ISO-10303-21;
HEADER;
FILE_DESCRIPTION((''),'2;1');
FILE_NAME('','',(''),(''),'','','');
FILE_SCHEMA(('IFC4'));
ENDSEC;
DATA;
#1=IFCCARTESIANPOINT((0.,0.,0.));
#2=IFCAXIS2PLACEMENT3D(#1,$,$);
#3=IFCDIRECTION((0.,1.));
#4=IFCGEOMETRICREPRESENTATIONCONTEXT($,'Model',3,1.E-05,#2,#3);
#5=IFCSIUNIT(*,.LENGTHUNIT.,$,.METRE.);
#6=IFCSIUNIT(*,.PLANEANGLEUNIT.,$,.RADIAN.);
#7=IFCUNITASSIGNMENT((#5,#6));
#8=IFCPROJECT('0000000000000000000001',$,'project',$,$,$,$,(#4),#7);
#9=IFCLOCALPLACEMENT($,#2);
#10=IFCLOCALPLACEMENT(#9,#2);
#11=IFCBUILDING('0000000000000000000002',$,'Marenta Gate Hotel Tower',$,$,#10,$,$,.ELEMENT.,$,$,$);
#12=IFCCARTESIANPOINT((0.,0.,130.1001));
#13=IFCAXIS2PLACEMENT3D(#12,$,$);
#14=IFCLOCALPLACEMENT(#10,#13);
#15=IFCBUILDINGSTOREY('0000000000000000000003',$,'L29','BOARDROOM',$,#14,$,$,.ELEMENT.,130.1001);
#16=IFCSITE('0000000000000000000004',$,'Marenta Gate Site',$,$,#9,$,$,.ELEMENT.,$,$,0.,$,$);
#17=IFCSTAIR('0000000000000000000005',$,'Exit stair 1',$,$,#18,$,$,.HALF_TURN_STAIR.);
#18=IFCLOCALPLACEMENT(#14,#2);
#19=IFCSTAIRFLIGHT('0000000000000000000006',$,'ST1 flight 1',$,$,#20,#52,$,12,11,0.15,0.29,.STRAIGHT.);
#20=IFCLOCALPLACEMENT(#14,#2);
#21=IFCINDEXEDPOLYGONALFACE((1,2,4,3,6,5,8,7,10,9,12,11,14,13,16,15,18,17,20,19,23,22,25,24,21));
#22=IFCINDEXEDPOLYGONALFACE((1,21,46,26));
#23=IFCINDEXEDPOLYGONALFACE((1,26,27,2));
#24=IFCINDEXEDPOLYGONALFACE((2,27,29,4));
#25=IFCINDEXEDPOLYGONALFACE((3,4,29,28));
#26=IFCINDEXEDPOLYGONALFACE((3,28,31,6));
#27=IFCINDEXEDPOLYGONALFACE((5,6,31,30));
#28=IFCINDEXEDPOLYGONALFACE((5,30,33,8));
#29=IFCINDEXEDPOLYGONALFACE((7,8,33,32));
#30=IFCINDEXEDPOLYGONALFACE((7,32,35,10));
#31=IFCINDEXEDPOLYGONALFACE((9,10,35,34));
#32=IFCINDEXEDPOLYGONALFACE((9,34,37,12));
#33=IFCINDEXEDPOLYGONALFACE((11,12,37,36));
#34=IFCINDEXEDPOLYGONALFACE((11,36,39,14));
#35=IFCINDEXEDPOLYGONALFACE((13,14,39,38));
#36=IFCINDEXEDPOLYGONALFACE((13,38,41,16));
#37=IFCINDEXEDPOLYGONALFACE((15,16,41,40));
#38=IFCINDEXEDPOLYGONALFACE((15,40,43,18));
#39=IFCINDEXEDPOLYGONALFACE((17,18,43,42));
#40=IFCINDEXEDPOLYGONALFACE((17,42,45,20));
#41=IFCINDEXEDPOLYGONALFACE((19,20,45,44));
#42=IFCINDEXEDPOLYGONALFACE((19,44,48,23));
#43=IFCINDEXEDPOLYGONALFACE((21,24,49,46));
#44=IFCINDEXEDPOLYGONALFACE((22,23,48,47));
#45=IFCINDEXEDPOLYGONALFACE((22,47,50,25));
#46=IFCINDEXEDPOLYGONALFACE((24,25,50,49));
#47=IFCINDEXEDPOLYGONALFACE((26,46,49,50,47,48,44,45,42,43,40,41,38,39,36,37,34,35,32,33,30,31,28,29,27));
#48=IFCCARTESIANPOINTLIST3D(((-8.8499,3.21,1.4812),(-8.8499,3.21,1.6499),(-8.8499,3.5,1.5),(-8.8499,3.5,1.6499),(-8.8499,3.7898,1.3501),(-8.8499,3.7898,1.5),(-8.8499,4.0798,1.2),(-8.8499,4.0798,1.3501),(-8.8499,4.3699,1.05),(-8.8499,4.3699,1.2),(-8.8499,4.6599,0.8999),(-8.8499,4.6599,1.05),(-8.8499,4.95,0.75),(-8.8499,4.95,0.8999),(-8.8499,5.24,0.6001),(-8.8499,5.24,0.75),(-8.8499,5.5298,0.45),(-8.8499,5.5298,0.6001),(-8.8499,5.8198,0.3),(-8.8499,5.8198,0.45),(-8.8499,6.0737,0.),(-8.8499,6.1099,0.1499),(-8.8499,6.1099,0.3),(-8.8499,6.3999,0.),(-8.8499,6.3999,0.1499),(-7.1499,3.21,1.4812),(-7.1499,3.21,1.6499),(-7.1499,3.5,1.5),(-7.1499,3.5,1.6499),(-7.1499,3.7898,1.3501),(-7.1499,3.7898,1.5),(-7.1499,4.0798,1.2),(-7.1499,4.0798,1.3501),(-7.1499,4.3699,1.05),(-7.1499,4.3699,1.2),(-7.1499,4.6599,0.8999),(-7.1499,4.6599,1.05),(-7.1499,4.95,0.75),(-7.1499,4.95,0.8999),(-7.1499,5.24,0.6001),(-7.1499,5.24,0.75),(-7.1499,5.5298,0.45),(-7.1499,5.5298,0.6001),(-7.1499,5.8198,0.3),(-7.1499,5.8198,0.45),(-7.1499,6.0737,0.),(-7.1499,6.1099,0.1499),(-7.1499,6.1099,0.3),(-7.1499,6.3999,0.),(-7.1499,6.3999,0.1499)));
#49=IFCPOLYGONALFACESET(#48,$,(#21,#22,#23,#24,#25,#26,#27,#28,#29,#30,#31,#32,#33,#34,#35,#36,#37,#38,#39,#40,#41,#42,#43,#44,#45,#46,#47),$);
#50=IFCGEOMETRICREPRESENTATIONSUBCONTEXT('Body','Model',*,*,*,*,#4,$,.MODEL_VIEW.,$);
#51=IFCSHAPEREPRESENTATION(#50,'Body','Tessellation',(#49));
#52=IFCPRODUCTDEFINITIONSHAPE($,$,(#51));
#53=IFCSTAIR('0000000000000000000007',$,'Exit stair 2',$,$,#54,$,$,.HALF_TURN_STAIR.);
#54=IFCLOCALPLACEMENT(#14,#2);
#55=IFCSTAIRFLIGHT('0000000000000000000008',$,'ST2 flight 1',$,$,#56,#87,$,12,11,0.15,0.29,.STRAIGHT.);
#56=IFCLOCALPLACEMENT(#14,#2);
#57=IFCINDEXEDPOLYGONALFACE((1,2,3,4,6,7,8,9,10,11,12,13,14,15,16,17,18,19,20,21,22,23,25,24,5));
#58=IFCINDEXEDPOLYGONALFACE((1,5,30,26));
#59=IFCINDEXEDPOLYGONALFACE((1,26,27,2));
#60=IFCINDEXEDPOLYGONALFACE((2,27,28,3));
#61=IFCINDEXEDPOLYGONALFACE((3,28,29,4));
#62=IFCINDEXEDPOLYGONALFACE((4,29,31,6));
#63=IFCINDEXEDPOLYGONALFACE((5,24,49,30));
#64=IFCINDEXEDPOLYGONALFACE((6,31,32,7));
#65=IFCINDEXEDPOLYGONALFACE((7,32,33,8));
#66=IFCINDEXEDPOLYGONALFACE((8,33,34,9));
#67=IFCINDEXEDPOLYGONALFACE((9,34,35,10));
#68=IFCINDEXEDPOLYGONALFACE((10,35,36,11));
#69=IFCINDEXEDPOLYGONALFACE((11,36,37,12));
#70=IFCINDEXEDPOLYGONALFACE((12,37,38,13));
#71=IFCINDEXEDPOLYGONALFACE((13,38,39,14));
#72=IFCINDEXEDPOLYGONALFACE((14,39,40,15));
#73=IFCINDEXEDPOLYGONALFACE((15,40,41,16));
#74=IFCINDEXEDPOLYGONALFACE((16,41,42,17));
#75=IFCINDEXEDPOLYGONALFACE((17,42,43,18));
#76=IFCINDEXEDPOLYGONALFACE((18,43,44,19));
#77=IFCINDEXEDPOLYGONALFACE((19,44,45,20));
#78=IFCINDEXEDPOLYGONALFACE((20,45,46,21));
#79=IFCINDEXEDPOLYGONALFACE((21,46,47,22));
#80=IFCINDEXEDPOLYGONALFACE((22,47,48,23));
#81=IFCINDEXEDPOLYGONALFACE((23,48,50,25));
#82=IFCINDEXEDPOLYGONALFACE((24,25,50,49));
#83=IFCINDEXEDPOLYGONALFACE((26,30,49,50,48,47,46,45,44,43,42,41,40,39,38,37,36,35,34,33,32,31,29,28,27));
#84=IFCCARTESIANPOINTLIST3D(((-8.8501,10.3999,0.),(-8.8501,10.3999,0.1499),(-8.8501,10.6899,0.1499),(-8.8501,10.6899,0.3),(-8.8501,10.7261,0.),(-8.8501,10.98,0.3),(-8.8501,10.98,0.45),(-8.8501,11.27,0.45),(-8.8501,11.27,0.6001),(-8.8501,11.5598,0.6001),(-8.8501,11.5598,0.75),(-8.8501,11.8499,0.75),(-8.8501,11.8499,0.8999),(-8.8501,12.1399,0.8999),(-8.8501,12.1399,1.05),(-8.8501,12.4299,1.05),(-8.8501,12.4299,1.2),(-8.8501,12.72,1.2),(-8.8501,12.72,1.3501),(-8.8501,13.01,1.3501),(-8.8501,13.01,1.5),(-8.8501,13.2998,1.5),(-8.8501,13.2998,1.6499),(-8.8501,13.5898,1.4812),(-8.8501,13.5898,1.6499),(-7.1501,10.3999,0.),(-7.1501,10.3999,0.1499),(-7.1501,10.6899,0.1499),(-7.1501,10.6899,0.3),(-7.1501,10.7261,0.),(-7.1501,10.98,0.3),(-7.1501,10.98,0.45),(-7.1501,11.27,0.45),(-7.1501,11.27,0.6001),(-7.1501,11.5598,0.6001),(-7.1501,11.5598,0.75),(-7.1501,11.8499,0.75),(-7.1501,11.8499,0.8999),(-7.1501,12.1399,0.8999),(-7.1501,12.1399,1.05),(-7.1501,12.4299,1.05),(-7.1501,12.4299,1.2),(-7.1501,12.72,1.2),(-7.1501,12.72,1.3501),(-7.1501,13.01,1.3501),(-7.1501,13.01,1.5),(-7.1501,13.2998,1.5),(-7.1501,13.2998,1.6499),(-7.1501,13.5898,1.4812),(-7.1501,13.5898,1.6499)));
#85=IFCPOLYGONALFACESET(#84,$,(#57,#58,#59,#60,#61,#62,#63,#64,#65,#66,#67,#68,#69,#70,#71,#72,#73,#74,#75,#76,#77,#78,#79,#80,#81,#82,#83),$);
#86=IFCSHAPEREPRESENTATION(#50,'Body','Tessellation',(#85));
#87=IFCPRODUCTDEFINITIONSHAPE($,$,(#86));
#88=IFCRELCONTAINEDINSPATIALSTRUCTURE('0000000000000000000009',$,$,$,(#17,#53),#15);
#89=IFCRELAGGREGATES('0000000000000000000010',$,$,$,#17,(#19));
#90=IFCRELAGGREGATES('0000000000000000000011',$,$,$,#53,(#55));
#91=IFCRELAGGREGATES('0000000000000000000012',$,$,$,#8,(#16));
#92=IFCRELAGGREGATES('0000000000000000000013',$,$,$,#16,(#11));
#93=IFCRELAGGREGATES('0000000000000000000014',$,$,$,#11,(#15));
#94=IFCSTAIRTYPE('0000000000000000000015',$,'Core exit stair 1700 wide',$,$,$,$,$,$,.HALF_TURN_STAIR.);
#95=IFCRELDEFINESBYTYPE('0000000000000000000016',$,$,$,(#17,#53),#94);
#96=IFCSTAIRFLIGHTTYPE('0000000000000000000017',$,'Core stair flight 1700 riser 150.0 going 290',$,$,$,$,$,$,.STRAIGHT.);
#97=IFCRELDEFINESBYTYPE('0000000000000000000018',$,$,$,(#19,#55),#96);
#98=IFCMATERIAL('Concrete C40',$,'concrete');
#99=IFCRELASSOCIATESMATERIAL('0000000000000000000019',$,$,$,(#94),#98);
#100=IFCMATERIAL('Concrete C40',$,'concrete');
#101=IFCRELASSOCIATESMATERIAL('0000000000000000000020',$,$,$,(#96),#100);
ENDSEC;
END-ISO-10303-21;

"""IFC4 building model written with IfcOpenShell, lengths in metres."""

from ifc_helpers import new_model, si_unit, direction, frame, origin, place, context, subcontext, project, spatial, polyline, outline, extrude, material, type_object, element, aggregate, save


model = new_model("IFC4")

# Units and contexts
model_context = context("Model", 3, precision=1e-05, world=origin(), true_north=direction((0.0, 1.0)))
body_context = subcontext(model_context, "Body", "Model", "MODEL_VIEW")
ifc_project = project(units=[si_unit("LENGTHUNIT", "METRE"), si_unit("PLANEANGLEUNIT", "RADIAN")], contexts=[model_context])

# Site, building, storey
site_placement = place(None, origin())
site = spatial("IfcSite", under=ifc_project, at=site_placement, Name="Marenta Gate Site", CompositionType="ELEMENT", RefElevation=0.0)
building_placement = place(site_placement, origin())
building = spatial("IfcBuilding", under=site, at=building_placement, Name="Marenta Gate Hotel Tower", CompositionType="ELEMENT")
storey_placement = place(building_placement, frame((0.0, 0.0, 130.1001)))
storey = spatial("IfcBuildingStorey", under=building, at=storey_placement, Name="L29", Description="BOARDROOM", CompositionType="ELEMENT", Elevation=130.1001)

# Stairs, stair flights
ifc_material_1 = material(Name="Concrete C40", Category="concrete")
stair_type = type_object("IfcStairType", Name="Core exit stair 1700 wide", PredefinedType="HALF_TURN_STAIR", material=ifc_material_1)
stair_1_placement = place(storey_placement, origin())
stair_1 = element("IfcStair", 1, at=stair_1_placement, inside=storey, type_object=stair_type, Name="Exit stair 1", PredefinedType="HALF_TURN_STAIR")
ifc_material_2 = material(Name="Concrete C40", Category="concrete")
stair_flight_type = type_object("IfcStairFlightType", Name="Core stair flight 1700 riser 150.0 going 290", PredefinedType="STRAIGHT", material=ifc_material_2)
stair_flight_1_placement = place(storey_placement, frame((-8.0, 6.3999, 0.0), z_axis=(0.0, 0.0, 1.0), x_axis=(0.0, -1.0, 0.0)))
stair_flight_1 = element("IfcStairFlight", 2, at=stair_flight_1_placement, type_object=stair_flight_type, Name="ST1 flight 1", NumberOfRisers=12, NumberOfTreads=11, PredefinedType="STRAIGHT", RiserHeight=0.15, TreadLength=0.29, context=body_context, shape_type="SweptSolid", body=[
    extrude(outline(polyline([(0.0, 0.0), (0.0, 0.1499), (0.29, 0.1499), (0.29, 0.3), (0.5801, 0.3), (0.5801, 0.45), (0.8701, 0.45), (0.8701, 0.6001), (1.1599, 0.6001), (1.1599, 0.75), (1.45, 0.75), (1.45, 0.8999), (1.74, 0.8999), (1.74, 1.05), (2.03, 1.05), (2.03, 1.2), (2.3201, 1.2), (2.3201, 1.3501), (2.6101, 1.3501), (2.6101, 1.5), (2.8999, 1.5), (2.8999, 1.6499), (3.1899, 1.6499), (3.1899, 1.8), (3.1899, 1.4812), (0.3262, 0.0), (0.0, 0.0)])), frame((0.0, 0.8501, 0.0), z_axis=(0.0, -1.0, 0.0), x_axis=(1.0, 0.0, 0.0)), (0.0, 0.0, 1.0), 1.7),
])
aggregate(stair_1, [stair_flight_1])
stair_2_placement = place(storey_placement, origin())
stair_2 = element("IfcStair", 3, at=stair_2_placement, inside=storey, type_object=stair_type, Name="Exit stair 2", PredefinedType="HALF_TURN_STAIR")
stair_flight_2_placement = place(storey_placement, frame((-8.0, 10.3999, 0.0), z_axis=(0.0, 0.0, 1.0), x_axis=(0.0, 1.0, 0.0)))
stair_flight_2 = element("IfcStairFlight", 4, at=stair_flight_2_placement, type_object=stair_flight_type, Name="ST2 flight 1", NumberOfRisers=12, NumberOfTreads=11, PredefinedType="STRAIGHT", RiserHeight=0.15, TreadLength=0.29, context=body_context, shape_type="SweptSolid", body=[
    extrude(outline(polyline([(0.0, 0.0), (0.0, 0.1499), (0.29, 0.1499), (0.29, 0.3), (0.5801, 0.3), (0.5801, 0.45), (0.8701, 0.45), (0.8701, 0.6001), (1.1599, 0.6001), (1.1599, 0.75), (1.45, 0.75), (1.45, 0.8999), (1.74, 0.8999), (1.74, 1.05), (2.03, 1.05), (2.03, 1.2), (2.3201, 1.2), (2.3201, 1.3501), (2.6101, 1.3501), (2.6101, 1.5), (2.8999, 1.5), (2.8999, 1.6499), (3.1899, 1.6499), (3.1899, 1.8), (3.1899, 1.4812), (0.3262, 0.0), (0.0, 0.0)])), frame((0.0, 0.8501, 0.0), z_axis=(0.0, -1.0, 0.0), x_axis=(1.0, 0.0, 0.0)), (0.0, 0.0, 1.0), 1.7),
])
aggregate(stair_2, [stair_flight_2])

save(model, "model.ifc")
